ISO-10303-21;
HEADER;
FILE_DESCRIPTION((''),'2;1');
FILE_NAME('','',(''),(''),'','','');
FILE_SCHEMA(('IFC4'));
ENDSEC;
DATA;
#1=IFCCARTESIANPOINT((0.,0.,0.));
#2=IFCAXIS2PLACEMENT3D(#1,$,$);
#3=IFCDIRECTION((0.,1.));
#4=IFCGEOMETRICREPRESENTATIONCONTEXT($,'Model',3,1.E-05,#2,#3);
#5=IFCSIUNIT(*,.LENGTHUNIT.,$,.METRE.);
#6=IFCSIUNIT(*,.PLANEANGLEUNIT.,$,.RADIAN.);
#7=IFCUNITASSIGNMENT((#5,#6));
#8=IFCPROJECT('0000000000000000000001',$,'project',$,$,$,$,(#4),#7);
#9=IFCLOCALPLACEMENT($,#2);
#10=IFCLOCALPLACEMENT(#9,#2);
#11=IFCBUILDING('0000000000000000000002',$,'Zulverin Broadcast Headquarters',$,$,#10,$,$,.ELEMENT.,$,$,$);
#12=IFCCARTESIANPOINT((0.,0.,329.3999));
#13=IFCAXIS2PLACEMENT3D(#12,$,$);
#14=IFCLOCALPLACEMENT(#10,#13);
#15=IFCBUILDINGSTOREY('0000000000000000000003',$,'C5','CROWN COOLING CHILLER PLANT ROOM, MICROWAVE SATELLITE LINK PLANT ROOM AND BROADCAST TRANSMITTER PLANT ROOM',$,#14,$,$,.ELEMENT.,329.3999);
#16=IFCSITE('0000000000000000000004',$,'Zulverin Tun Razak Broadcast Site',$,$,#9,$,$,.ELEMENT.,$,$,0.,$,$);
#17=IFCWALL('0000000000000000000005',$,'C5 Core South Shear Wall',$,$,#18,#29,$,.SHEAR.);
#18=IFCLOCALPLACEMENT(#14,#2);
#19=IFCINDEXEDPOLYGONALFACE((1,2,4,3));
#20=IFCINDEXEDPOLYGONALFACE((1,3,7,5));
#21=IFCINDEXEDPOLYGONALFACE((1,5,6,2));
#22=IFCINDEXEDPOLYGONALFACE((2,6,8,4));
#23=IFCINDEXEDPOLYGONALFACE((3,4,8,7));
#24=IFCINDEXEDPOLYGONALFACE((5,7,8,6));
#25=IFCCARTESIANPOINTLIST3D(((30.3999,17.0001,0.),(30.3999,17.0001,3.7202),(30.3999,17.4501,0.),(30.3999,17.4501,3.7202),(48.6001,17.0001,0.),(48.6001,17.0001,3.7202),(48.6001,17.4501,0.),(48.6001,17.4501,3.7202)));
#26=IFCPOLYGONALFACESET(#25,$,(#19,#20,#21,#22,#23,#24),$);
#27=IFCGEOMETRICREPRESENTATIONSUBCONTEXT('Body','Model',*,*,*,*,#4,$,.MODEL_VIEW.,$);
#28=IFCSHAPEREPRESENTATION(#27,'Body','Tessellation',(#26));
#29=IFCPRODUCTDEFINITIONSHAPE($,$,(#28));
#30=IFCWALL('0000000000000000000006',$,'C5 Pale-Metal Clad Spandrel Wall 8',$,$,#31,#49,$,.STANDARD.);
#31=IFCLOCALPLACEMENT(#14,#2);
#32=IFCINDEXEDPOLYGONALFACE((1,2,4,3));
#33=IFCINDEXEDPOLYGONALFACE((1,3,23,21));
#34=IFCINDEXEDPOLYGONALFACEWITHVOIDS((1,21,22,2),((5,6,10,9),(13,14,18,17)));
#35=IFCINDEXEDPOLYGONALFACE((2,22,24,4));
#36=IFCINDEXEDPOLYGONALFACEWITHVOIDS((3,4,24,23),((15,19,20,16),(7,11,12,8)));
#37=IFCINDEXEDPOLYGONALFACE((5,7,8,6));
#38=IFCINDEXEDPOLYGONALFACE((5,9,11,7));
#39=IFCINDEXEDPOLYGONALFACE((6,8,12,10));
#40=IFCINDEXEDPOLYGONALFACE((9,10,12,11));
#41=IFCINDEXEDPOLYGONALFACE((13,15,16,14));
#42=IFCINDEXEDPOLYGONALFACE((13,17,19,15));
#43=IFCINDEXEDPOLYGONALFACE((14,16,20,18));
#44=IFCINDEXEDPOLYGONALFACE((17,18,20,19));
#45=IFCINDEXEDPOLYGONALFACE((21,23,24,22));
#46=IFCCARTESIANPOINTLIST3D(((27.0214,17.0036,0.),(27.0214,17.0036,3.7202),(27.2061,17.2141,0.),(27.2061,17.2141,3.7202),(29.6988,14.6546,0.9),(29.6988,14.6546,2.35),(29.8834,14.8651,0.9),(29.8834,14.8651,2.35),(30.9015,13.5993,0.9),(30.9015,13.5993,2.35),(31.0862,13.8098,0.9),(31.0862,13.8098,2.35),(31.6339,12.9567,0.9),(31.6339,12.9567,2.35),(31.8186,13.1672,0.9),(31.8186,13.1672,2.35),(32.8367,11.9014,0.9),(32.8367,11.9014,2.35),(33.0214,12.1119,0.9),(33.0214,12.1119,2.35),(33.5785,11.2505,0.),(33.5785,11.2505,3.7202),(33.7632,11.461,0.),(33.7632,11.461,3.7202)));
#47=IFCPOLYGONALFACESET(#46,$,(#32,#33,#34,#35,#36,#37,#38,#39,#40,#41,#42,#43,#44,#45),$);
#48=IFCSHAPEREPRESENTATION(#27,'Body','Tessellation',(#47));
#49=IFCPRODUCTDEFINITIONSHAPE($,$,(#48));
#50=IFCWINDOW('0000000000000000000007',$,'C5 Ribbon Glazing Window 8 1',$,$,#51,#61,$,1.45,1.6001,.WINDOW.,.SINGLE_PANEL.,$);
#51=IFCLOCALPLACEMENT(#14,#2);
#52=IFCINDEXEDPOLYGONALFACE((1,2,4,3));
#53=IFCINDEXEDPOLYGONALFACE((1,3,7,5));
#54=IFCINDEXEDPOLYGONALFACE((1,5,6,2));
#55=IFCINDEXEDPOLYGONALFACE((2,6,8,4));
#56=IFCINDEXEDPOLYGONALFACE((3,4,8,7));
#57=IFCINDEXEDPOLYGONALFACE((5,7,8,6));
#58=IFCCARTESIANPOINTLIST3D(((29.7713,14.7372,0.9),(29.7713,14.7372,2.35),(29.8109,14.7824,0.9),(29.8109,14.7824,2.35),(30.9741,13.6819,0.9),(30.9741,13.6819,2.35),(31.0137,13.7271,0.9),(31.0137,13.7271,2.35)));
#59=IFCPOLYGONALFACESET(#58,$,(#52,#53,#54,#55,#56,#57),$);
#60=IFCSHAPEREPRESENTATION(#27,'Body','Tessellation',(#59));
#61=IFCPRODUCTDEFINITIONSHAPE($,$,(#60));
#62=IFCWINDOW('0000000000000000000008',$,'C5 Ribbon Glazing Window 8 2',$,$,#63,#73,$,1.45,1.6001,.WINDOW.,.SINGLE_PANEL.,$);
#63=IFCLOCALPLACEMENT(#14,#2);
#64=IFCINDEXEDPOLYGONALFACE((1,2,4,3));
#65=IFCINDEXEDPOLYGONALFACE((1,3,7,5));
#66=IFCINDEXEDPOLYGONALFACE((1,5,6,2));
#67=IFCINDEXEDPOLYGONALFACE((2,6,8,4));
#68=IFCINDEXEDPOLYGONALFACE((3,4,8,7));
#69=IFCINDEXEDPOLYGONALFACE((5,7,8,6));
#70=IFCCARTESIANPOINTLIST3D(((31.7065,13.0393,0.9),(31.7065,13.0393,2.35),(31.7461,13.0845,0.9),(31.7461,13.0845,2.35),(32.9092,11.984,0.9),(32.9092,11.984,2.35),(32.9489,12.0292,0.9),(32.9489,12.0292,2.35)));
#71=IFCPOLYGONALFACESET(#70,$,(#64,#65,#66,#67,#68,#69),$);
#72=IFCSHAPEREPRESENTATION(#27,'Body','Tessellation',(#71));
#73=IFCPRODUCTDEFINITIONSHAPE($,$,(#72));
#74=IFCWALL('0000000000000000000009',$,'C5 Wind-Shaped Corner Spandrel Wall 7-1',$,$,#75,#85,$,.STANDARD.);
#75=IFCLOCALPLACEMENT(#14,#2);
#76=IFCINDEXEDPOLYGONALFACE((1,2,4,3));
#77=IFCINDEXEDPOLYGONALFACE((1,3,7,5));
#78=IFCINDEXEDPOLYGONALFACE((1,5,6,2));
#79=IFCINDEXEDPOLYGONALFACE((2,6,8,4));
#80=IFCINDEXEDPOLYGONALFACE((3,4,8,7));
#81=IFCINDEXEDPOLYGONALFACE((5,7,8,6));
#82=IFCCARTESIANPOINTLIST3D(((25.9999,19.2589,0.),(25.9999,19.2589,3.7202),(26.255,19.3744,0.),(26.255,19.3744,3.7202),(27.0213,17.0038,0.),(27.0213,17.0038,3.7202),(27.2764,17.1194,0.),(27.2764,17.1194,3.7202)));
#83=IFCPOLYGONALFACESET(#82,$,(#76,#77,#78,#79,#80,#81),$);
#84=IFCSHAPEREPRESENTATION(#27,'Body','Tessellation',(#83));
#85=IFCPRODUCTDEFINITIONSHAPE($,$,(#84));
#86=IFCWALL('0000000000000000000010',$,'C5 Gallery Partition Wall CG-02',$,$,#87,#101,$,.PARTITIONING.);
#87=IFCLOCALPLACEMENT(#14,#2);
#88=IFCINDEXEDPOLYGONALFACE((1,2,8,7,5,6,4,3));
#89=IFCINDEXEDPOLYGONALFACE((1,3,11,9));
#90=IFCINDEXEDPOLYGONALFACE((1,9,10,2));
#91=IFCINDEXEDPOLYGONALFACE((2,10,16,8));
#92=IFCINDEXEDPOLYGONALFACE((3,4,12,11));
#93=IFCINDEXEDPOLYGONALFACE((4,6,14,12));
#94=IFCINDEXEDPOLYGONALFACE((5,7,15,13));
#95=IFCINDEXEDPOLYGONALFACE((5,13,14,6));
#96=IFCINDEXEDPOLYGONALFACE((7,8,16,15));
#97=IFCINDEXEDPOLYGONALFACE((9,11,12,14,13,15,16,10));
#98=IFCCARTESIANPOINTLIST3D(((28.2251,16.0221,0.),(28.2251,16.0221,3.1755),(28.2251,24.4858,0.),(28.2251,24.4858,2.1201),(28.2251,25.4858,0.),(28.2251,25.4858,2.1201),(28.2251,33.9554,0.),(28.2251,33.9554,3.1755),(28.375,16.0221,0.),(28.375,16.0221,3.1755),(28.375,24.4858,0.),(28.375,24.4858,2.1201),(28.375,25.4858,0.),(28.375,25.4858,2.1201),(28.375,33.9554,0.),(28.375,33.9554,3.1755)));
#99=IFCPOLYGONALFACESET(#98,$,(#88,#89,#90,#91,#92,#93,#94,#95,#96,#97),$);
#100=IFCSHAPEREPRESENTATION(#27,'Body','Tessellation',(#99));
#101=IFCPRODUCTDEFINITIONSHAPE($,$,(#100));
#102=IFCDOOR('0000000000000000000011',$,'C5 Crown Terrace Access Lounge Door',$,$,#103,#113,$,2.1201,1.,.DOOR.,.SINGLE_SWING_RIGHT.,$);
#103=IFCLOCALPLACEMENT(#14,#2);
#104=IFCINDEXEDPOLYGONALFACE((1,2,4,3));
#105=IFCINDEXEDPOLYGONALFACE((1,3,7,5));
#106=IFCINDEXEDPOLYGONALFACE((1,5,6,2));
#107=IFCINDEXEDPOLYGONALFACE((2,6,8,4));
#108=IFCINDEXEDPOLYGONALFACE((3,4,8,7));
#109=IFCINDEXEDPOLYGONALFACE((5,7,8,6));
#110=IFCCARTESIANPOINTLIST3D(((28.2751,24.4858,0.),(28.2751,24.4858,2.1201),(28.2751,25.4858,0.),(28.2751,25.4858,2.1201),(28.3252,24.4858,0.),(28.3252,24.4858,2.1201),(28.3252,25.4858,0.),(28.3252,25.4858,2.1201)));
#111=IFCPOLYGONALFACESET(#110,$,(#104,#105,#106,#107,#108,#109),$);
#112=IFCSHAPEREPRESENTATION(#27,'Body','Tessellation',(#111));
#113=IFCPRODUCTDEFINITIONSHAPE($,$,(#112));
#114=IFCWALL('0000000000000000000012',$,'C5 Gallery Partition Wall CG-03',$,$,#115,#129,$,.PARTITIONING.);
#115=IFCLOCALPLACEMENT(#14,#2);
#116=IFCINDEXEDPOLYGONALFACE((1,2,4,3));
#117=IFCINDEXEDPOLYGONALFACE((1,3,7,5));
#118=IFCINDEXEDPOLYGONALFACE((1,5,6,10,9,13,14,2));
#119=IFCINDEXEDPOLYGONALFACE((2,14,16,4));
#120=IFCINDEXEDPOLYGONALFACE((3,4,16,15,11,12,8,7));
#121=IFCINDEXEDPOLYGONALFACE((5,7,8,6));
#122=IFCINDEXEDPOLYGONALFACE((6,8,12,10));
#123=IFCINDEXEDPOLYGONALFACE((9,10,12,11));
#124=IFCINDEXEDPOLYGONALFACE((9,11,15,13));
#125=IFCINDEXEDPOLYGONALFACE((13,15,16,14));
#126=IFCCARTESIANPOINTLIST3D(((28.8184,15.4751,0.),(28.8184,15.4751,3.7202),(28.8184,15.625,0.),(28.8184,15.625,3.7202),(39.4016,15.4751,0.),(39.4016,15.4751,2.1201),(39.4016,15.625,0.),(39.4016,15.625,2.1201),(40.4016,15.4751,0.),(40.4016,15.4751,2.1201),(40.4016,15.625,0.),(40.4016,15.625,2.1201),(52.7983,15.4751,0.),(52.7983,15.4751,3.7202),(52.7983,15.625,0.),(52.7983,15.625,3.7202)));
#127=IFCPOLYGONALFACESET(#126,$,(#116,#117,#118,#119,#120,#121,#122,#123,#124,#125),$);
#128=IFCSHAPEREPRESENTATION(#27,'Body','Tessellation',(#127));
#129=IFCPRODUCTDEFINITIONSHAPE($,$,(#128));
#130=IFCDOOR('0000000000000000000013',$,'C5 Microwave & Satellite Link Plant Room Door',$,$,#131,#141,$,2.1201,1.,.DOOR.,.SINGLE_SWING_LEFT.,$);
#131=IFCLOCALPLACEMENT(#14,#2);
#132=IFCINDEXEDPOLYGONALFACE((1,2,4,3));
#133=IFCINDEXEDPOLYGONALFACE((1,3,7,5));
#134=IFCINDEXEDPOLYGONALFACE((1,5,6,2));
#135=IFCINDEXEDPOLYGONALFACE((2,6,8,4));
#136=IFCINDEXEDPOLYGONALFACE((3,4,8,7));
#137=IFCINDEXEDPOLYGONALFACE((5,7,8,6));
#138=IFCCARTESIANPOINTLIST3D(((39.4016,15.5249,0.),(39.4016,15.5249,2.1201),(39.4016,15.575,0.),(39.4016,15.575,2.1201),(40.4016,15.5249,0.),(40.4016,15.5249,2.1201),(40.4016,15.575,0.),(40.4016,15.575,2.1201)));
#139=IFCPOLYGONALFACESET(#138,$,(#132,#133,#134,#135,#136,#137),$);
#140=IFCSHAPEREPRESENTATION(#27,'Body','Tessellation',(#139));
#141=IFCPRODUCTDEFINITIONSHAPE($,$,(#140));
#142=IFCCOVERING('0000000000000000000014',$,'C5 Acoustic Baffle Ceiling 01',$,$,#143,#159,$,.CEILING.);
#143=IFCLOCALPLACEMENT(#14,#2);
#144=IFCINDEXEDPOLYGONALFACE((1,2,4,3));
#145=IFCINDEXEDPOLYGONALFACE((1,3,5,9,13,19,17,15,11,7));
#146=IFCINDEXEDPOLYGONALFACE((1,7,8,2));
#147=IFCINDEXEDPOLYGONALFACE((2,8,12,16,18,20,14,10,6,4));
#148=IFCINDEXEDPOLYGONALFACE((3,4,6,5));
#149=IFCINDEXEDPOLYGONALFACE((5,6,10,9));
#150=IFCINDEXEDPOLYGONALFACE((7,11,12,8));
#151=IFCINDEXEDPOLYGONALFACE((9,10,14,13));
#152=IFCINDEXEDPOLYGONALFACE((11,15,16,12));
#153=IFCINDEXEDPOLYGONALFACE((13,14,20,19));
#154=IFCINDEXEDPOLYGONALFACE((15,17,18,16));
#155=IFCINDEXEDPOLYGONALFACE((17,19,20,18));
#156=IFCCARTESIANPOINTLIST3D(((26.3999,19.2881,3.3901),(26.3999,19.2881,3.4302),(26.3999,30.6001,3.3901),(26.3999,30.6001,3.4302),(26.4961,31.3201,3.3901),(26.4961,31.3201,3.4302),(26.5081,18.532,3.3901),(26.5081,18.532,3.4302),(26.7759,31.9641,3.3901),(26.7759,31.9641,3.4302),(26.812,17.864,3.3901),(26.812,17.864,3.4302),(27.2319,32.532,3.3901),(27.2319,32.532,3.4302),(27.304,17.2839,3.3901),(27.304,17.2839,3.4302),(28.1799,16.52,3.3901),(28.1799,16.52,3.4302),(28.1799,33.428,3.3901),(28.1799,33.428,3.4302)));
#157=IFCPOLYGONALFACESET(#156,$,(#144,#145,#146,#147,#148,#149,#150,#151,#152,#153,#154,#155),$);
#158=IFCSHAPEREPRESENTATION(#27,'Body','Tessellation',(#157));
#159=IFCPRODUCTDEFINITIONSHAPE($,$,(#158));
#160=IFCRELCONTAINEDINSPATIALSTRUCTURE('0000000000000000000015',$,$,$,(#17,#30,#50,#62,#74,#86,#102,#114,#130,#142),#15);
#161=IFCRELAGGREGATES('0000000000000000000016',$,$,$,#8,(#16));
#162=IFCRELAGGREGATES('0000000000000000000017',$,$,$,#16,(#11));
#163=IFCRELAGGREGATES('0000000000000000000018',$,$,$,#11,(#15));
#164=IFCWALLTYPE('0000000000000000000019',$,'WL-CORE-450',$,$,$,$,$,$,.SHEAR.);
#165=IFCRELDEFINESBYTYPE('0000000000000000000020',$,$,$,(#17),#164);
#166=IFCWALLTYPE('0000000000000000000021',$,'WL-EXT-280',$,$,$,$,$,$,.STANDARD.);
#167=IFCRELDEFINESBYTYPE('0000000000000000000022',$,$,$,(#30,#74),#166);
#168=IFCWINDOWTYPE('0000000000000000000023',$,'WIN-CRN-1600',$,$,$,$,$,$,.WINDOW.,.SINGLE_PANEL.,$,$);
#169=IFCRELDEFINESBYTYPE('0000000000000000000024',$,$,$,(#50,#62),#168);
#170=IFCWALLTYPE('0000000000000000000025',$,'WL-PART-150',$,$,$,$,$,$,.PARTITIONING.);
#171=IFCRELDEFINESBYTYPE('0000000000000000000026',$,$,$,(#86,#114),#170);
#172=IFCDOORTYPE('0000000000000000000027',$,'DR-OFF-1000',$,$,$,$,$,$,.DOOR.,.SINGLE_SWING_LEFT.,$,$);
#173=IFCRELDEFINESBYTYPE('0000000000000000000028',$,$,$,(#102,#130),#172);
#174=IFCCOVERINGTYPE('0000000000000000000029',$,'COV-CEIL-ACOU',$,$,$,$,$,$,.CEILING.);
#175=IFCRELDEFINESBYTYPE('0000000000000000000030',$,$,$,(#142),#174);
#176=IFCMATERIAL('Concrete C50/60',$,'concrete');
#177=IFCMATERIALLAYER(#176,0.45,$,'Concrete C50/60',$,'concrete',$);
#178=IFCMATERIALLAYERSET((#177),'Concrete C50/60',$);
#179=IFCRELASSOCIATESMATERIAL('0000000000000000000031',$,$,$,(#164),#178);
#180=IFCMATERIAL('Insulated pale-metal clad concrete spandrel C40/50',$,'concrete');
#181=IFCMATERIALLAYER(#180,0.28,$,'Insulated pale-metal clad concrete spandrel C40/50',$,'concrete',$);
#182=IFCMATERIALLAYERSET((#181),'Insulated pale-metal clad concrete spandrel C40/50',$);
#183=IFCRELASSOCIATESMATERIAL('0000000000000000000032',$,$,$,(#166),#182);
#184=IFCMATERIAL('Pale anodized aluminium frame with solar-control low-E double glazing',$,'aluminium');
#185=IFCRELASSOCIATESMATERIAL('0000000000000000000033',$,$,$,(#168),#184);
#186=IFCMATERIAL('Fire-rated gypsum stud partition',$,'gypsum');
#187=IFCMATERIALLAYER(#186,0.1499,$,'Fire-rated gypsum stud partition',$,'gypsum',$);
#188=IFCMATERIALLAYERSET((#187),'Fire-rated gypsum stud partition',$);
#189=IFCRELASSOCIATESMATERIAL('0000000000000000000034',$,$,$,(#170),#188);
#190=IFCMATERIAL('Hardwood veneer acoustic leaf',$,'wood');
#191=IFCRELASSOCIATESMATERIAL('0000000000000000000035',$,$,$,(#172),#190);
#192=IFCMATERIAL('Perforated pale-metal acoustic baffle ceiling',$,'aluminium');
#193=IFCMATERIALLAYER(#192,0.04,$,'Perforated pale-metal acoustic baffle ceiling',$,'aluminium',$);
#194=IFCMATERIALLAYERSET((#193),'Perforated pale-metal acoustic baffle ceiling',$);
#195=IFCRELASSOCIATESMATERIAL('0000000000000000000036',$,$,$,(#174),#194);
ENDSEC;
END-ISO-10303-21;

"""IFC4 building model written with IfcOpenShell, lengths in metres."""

from ifc_helpers import new_model, si_unit, direction, frame, frame_2d, origin, place, context, subcontext, project, spatial, polyline, rectangle, outline, extrude, material, layer, layer_set, type_object, element, fill, save


model = new_model("IFC4")

# Units and contexts
model_context = context("Model", 3, precision=1e-05, world=origin(), true_north=direction((0.0, 1.0)))
body_context = subcontext(model_context, "Body", "Model", "MODEL_VIEW")
ifc_project = project(units=[si_unit("LENGTHUNIT", "METRE"), si_unit("PLANEANGLEUNIT", "RADIAN")], contexts=[model_context])

# Site, building, storey
site_placement = place(None, origin())
site = spatial("IfcSite", under=ifc_project, at=site_placement, Name="Zulverin Tun Razak Broadcast Site", CompositionType="ELEMENT", RefElevation=0.0)
building_placement = place(site_placement, origin())
building = spatial("IfcBuilding", under=site, at=building_placement, Name="Zulverin Broadcast Headquarters", CompositionType="ELEMENT")
storey_placement = place(building_placement, frame((0.0, 0.0, 329.3999)))
storey = spatial("IfcBuildingStorey", under=building, at=storey_placement, Name="C5", Description="CROWN COOLING CHILLER PLANT ROOM, MICROWAVE SATELLITE LINK PLANT ROOM AND BROADCAST TRANSMITTER PLANT ROOM", CompositionType="ELEMENT", Elevation=329.3999)

# Shared definitions
ifc_material_1 = material(Name="Concrete C50/60", Category="concrete")

# Wall
ifc_layer_1 = layer(ifc_material_1, 0.45, Name="Concrete C50/60", Category="concrete")
ifc_layer_set_1 = layer_set([ifc_layer_1], Name="Concrete C50/60")
wall_type_1 = type_object("IfcWallType", Name="WL-CORE-450", PredefinedType="SHEAR", material=ifc_layer_set_1)
wall_1_placement = place(storey_placement, frame((30.3999, 17.2251, 0.0), z_axis=(0.0, 0.0, 1.0), x_axis=(1.0, 0.0, 0.0)))
element("IfcWall", 1, at=wall_1_placement, inside=storey, type_object=wall_type_1, Name="C5 Core South Shear Wall", PredefinedType="SHEAR", context=body_context, shape_type="SweptSolid", body=[
    extrude(rectangle(XDim=18.2002, YDim=0.45, at=frame_2d((9.1001, 0.0))), origin(), (0.0, 0.0, 1.0), 3.7202),
])

# Wall, openings, windows
ifc_material_2 = material(Name="Insulated pale-metal clad concrete spandrel C40/50", Category="concrete")
ifc_layer_2 = layer(ifc_material_2, 0.28, Name="Insulated pale-metal clad concrete spandrel C40/50", Category="concrete")
ifc_layer_set_2 = layer_set([ifc_layer_2], Name="Insulated pale-metal clad concrete spandrel C40/50")
wall_type_2 = type_object("IfcWallType", Name="WL-EXT-280", PredefinedType="STANDARD", material=ifc_layer_set_2)
wall_2_placement = place(storey_placement, frame((27.1138, 17.1089, 0.0), z_axis=(0.0, 0.0, 1.0), x_axis=(0.751685, -0.659522, 0.0)))
wall_2 = element("IfcWall", 2, at=wall_2_placement, inside=storey, type_object=wall_type_2, Name="C5 Pale-Metal Clad Spandrel Wall 8", PredefinedType="STANDARD", context=body_context, shape_type="SweptSolid", body=[
    extrude(rectangle(XDim=8.7231, YDim=0.28, at=frame_2d((4.3616, 0.0))), origin(), (0.0, 0.0, 1.0), 3.7202),
])
opening_1_placement = place(wall_2_placement, frame((3.5618, 0.0, 0.8999)))
opening_1 = element("IfcOpeningElement", 3, at=opening_1_placement, cuts=wall_2, PredefinedType="OPENING", context=body_context, shape_type="SweptSolid", body=[
    extrude(rectangle(XDim=1.6001, YDim=1.45, at=frame_2d((0.8, 0.7251))), frame((0.0, 0.1499, 0.0), z_axis=(0.0, -1.0, 0.0), x_axis=(1.0, 0.0, 0.0)), (0.0, 0.0, 1.0), 0.3),
])
opening_2_placement = place(wall_2_placement, frame((6.1362, 0.0, 0.8999)))
opening_2 = element("IfcOpeningElement", 4, at=opening_2_placement, cuts=wall_2, PredefinedType="OPENING", context=body_context, shape_type="SweptSolid", body=[
    extrude(rectangle(XDim=1.6001, YDim=1.45, at=frame_2d((0.8, 0.7251))), frame((0.0, 0.1499, 0.0), z_axis=(0.0, -1.0, 0.0), x_axis=(1.0, 0.0, 0.0)), (0.0, 0.0, 1.0), 0.3),
])
ifc_material_3 = material(Name="Pale anodized aluminium frame with solar-control low-E double glazing", Category="aluminium")
window_type = type_object("IfcWindowType", Name="WIN-CRN-1600", PartitioningType="SINGLE_PANEL", PredefinedType="WINDOW", material=ifc_material_3)
window_1_placement = place(opening_1_placement, origin())
window_1 = element("IfcWindow", 5, at=window_1_placement, inside=storey, type_object=window_type, Name="C5 Ribbon Glazing Window 8 1", OverallHeight=1.45, OverallWidth=1.6001, PartitioningType="SINGLE_PANEL", PredefinedType="WINDOW", context=body_context, shape_type="SweptSolid", body=[
    extrude(rectangle(XDim=1.6001, YDim=1.45, at=frame_2d((0.8, 0.7251))), frame((0.0, 0.03, 0.0), z_axis=(0.0, -1.0, 0.0), x_axis=(1.0, 0.0, 0.0)), (0.0, 0.0, 1.0), 0.0601),
])
fill(opening_1, window_1)
window_2_placement = place(opening_2_placement, origin())
window_2 = element("IfcWindow", 6, at=window_2_placement, inside=storey, type_object=window_type, Name="C5 Ribbon Glazing Window 8 2", OverallHeight=1.45, OverallWidth=1.6001, PartitioningType="SINGLE_PANEL", PredefinedType="WINDOW", context=body_context, shape_type="SweptSolid", body=[
    extrude(rectangle(XDim=1.6001, YDim=1.45, at=frame_2d((0.8, 0.7251))), frame((0.0, 0.03, 0.0), z_axis=(0.0, -1.0, 0.0), x_axis=(1.0, 0.0, 0.0)), (0.0, 0.0, 1.0), 0.0601),
])
fill(opening_2, window_2)

# Wall
wall_3_placement = place(storey_placement, frame((26.1274, 19.3167, 0.0), z_axis=(0.0, 0.0, 1.0), x_axis=(0.412606, -0.910909, 0.0)))
element("IfcWall", 7, at=wall_3_placement, inside=storey, type_object=wall_type_2, Name="C5 Wind-Shaped Corner Spandrel Wall 7-1", PredefinedType="STANDARD", context=body_context, shape_type="SweptSolid", body=[
    extrude(rectangle(XDim=2.4756, YDim=0.28, at=frame_2d((1.2378, 0.0))), origin(), (0.0, 0.0, 1.0), 3.7202),
])

# Walls, openings, doors
ifc_material_4 = material(Name="Fire-rated gypsum stud partition", Category="gypsum")
ifc_layer_3 = layer(ifc_material_4, 0.1499, Name="Fire-rated gypsum stud partition", Category="gypsum")
ifc_layer_set_3 = layer_set([ifc_layer_3], Name="Fire-rated gypsum stud partition")
wall_type_3 = type_object("IfcWallType", Name="WL-PART-150", PredefinedType="PARTITIONING", material=ifc_layer_set_3)
wall_4_placement = place(storey_placement, frame((28.3, 16.022, 0.0), z_axis=(0.0, 0.0, 1.0), x_axis=(0.0, 1.0, 0.0)))
wall_4 = element("IfcWall", 8, at=wall_4_placement, inside=storey, type_object=wall_type_3, Name="C5 Gallery Partition Wall CG-02", PredefinedType="PARTITIONING", context=body_context, shape_type="SweptSolid", body=[
    extrude(rectangle(XDim=17.9333, YDim=0.1499, at=frame_2d((8.9668, 0.0))), origin(), (0.0, 0.0, 1.0), 3.1755),
])
opening_3_placement = place(wall_4_placement, frame((8.4639, 0.0, 0.0)))
opening_3 = element("IfcOpeningElement", 9, at=opening_3_placement, cuts=wall_4, PredefinedType="OPENING", context=body_context, shape_type="SweptSolid", body=[
    extrude(rectangle(XDim=1.0, YDim=2.1201, at=frame_2d((0.5, 1.0601))), frame((0.0, 0.085, 0.0), z_axis=(0.0, -1.0, 0.0), x_axis=(1.0, 0.0, 0.0)), (0.0, 0.0, 1.0), 0.1699),
])
ifc_material_5 = material(Name="Hardwood veneer acoustic leaf", Category="wood")
door_type_1 = type_object("IfcDoorType", Name="DR-OFF-1000", OperationType="SINGLE_SWING_LEFT", PredefinedType="DOOR", material=ifc_material_5)
door_1_placement = place(opening_3_placement, origin())
door_1 = element("IfcDoor", 10, at=door_1_placement, inside=storey, type_object=door_type_1, Name="C5 Crown Terrace Access Lounge Door", OperationType="SINGLE_SWING_RIGHT", OverallHeight=2.1201, OverallWidth=1.0, PredefinedType="DOOR", context=body_context, shape_type="SweptSolid", body=[
    extrude(rectangle(XDim=1.0, YDim=2.1201, at=frame_2d((0.5, 1.0601))), frame((0.0, 0.0249, 0.0), z_axis=(0.0, -1.0, 0.0), x_axis=(1.0, 0.0, 0.0)), (0.0, 0.0, 1.0), 0.05),
])
fill(opening_3, door_1)
wall_5_placement = place(storey_placement, frame((28.8184, 15.55, 0.0), z_axis=(0.0, 0.0, 1.0), x_axis=(1.0, 0.0, 0.0)))
wall_5 = element("IfcWall", 11, at=wall_5_placement, inside=storey, type_object=wall_type_3, Name="C5 Gallery Partition Wall CG-03", PredefinedType="PARTITIONING", context=body_context, shape_type="SweptSolid", body=[
    extrude(rectangle(XDim=23.98, YDim=0.1499, at=frame_2d((11.99, 0.0))), origin(), (0.0, 0.0, 1.0), 3.7202),
])
opening_4_placement = place(wall_5_placement, frame((10.5833, 0.0, 0.0)))
opening_4 = element("IfcOpeningElement", 12, at=opening_4_placement, cuts=wall_5, PredefinedType="OPENING", context=body_context, shape_type="SweptSolid", body=[
    extrude(rectangle(XDim=1.0, YDim=2.1201, at=frame_2d((0.5, 1.0601))), frame((0.0, 0.085, 0.0), z_axis=(0.0, -1.0, 0.0), x_axis=(1.0, 0.0, 0.0)), (0.0, 0.0, 1.0), 0.1699),
])
door_2_placement = place(opening_4_placement, origin())
door_2 = element("IfcDoor", 13, at=door_2_placement, inside=storey, type_object=door_type_1, Name="C5 Microwave & Satellite Link Plant Room Door", OperationType="SINGLE_SWING_LEFT", OverallHeight=2.1201, OverallWidth=1.0, PredefinedType="DOOR", context=body_context, shape_type="SweptSolid", body=[
    extrude(rectangle(XDim=1.0, YDim=2.1201, at=frame_2d((0.5, 1.0601))), frame((0.0, 0.0249, 0.0), z_axis=(0.0, -1.0, 0.0), x_axis=(1.0, 0.0, 0.0)), (0.0, 0.0, 1.0), 0.05),
])
fill(opening_4, door_2)

# Covering
ifc_material_6 = material(Name="Perforated pale-metal acoustic baffle ceiling", Category="aluminium")
ifc_layer_4 = layer(ifc_material_6, 0.04, Name="Perforated pale-metal acoustic baffle ceiling", Category="aluminium")
ifc_layer_set_4 = layer_set([ifc_layer_4], Name="Perforated pale-metal acoustic baffle ceiling")
covering_type = type_object("IfcCoveringType", Name="COV-CEIL-ACOU", PredefinedType="CEILING", material=ifc_layer_set_4)
covering_placement = place(storey_placement, frame((0.0, 0.0, 3.3901)))
element("IfcCovering", 14, at=covering_placement, inside=storey, type_object=covering_type, Name="C5 Acoustic Baffle Ceiling 01", PredefinedType="CEILING", context=body_context, shape_type="SweptSolid", body=[
    extrude(outline(polyline([(26.4961, 31.3201), (26.3999, 30.6001), (26.3999, 19.2881), (26.5081, 18.532), (26.812, 17.864), (27.304, 17.2839), (28.1799, 16.52), (28.1799, 33.428), (27.2319, 32.532), (26.7759, 31.9641), (26.4961, 31.3201)])), origin(), (0.0, 0.0, 1.0), 0.04),
])

save(model, "model.ifc")
